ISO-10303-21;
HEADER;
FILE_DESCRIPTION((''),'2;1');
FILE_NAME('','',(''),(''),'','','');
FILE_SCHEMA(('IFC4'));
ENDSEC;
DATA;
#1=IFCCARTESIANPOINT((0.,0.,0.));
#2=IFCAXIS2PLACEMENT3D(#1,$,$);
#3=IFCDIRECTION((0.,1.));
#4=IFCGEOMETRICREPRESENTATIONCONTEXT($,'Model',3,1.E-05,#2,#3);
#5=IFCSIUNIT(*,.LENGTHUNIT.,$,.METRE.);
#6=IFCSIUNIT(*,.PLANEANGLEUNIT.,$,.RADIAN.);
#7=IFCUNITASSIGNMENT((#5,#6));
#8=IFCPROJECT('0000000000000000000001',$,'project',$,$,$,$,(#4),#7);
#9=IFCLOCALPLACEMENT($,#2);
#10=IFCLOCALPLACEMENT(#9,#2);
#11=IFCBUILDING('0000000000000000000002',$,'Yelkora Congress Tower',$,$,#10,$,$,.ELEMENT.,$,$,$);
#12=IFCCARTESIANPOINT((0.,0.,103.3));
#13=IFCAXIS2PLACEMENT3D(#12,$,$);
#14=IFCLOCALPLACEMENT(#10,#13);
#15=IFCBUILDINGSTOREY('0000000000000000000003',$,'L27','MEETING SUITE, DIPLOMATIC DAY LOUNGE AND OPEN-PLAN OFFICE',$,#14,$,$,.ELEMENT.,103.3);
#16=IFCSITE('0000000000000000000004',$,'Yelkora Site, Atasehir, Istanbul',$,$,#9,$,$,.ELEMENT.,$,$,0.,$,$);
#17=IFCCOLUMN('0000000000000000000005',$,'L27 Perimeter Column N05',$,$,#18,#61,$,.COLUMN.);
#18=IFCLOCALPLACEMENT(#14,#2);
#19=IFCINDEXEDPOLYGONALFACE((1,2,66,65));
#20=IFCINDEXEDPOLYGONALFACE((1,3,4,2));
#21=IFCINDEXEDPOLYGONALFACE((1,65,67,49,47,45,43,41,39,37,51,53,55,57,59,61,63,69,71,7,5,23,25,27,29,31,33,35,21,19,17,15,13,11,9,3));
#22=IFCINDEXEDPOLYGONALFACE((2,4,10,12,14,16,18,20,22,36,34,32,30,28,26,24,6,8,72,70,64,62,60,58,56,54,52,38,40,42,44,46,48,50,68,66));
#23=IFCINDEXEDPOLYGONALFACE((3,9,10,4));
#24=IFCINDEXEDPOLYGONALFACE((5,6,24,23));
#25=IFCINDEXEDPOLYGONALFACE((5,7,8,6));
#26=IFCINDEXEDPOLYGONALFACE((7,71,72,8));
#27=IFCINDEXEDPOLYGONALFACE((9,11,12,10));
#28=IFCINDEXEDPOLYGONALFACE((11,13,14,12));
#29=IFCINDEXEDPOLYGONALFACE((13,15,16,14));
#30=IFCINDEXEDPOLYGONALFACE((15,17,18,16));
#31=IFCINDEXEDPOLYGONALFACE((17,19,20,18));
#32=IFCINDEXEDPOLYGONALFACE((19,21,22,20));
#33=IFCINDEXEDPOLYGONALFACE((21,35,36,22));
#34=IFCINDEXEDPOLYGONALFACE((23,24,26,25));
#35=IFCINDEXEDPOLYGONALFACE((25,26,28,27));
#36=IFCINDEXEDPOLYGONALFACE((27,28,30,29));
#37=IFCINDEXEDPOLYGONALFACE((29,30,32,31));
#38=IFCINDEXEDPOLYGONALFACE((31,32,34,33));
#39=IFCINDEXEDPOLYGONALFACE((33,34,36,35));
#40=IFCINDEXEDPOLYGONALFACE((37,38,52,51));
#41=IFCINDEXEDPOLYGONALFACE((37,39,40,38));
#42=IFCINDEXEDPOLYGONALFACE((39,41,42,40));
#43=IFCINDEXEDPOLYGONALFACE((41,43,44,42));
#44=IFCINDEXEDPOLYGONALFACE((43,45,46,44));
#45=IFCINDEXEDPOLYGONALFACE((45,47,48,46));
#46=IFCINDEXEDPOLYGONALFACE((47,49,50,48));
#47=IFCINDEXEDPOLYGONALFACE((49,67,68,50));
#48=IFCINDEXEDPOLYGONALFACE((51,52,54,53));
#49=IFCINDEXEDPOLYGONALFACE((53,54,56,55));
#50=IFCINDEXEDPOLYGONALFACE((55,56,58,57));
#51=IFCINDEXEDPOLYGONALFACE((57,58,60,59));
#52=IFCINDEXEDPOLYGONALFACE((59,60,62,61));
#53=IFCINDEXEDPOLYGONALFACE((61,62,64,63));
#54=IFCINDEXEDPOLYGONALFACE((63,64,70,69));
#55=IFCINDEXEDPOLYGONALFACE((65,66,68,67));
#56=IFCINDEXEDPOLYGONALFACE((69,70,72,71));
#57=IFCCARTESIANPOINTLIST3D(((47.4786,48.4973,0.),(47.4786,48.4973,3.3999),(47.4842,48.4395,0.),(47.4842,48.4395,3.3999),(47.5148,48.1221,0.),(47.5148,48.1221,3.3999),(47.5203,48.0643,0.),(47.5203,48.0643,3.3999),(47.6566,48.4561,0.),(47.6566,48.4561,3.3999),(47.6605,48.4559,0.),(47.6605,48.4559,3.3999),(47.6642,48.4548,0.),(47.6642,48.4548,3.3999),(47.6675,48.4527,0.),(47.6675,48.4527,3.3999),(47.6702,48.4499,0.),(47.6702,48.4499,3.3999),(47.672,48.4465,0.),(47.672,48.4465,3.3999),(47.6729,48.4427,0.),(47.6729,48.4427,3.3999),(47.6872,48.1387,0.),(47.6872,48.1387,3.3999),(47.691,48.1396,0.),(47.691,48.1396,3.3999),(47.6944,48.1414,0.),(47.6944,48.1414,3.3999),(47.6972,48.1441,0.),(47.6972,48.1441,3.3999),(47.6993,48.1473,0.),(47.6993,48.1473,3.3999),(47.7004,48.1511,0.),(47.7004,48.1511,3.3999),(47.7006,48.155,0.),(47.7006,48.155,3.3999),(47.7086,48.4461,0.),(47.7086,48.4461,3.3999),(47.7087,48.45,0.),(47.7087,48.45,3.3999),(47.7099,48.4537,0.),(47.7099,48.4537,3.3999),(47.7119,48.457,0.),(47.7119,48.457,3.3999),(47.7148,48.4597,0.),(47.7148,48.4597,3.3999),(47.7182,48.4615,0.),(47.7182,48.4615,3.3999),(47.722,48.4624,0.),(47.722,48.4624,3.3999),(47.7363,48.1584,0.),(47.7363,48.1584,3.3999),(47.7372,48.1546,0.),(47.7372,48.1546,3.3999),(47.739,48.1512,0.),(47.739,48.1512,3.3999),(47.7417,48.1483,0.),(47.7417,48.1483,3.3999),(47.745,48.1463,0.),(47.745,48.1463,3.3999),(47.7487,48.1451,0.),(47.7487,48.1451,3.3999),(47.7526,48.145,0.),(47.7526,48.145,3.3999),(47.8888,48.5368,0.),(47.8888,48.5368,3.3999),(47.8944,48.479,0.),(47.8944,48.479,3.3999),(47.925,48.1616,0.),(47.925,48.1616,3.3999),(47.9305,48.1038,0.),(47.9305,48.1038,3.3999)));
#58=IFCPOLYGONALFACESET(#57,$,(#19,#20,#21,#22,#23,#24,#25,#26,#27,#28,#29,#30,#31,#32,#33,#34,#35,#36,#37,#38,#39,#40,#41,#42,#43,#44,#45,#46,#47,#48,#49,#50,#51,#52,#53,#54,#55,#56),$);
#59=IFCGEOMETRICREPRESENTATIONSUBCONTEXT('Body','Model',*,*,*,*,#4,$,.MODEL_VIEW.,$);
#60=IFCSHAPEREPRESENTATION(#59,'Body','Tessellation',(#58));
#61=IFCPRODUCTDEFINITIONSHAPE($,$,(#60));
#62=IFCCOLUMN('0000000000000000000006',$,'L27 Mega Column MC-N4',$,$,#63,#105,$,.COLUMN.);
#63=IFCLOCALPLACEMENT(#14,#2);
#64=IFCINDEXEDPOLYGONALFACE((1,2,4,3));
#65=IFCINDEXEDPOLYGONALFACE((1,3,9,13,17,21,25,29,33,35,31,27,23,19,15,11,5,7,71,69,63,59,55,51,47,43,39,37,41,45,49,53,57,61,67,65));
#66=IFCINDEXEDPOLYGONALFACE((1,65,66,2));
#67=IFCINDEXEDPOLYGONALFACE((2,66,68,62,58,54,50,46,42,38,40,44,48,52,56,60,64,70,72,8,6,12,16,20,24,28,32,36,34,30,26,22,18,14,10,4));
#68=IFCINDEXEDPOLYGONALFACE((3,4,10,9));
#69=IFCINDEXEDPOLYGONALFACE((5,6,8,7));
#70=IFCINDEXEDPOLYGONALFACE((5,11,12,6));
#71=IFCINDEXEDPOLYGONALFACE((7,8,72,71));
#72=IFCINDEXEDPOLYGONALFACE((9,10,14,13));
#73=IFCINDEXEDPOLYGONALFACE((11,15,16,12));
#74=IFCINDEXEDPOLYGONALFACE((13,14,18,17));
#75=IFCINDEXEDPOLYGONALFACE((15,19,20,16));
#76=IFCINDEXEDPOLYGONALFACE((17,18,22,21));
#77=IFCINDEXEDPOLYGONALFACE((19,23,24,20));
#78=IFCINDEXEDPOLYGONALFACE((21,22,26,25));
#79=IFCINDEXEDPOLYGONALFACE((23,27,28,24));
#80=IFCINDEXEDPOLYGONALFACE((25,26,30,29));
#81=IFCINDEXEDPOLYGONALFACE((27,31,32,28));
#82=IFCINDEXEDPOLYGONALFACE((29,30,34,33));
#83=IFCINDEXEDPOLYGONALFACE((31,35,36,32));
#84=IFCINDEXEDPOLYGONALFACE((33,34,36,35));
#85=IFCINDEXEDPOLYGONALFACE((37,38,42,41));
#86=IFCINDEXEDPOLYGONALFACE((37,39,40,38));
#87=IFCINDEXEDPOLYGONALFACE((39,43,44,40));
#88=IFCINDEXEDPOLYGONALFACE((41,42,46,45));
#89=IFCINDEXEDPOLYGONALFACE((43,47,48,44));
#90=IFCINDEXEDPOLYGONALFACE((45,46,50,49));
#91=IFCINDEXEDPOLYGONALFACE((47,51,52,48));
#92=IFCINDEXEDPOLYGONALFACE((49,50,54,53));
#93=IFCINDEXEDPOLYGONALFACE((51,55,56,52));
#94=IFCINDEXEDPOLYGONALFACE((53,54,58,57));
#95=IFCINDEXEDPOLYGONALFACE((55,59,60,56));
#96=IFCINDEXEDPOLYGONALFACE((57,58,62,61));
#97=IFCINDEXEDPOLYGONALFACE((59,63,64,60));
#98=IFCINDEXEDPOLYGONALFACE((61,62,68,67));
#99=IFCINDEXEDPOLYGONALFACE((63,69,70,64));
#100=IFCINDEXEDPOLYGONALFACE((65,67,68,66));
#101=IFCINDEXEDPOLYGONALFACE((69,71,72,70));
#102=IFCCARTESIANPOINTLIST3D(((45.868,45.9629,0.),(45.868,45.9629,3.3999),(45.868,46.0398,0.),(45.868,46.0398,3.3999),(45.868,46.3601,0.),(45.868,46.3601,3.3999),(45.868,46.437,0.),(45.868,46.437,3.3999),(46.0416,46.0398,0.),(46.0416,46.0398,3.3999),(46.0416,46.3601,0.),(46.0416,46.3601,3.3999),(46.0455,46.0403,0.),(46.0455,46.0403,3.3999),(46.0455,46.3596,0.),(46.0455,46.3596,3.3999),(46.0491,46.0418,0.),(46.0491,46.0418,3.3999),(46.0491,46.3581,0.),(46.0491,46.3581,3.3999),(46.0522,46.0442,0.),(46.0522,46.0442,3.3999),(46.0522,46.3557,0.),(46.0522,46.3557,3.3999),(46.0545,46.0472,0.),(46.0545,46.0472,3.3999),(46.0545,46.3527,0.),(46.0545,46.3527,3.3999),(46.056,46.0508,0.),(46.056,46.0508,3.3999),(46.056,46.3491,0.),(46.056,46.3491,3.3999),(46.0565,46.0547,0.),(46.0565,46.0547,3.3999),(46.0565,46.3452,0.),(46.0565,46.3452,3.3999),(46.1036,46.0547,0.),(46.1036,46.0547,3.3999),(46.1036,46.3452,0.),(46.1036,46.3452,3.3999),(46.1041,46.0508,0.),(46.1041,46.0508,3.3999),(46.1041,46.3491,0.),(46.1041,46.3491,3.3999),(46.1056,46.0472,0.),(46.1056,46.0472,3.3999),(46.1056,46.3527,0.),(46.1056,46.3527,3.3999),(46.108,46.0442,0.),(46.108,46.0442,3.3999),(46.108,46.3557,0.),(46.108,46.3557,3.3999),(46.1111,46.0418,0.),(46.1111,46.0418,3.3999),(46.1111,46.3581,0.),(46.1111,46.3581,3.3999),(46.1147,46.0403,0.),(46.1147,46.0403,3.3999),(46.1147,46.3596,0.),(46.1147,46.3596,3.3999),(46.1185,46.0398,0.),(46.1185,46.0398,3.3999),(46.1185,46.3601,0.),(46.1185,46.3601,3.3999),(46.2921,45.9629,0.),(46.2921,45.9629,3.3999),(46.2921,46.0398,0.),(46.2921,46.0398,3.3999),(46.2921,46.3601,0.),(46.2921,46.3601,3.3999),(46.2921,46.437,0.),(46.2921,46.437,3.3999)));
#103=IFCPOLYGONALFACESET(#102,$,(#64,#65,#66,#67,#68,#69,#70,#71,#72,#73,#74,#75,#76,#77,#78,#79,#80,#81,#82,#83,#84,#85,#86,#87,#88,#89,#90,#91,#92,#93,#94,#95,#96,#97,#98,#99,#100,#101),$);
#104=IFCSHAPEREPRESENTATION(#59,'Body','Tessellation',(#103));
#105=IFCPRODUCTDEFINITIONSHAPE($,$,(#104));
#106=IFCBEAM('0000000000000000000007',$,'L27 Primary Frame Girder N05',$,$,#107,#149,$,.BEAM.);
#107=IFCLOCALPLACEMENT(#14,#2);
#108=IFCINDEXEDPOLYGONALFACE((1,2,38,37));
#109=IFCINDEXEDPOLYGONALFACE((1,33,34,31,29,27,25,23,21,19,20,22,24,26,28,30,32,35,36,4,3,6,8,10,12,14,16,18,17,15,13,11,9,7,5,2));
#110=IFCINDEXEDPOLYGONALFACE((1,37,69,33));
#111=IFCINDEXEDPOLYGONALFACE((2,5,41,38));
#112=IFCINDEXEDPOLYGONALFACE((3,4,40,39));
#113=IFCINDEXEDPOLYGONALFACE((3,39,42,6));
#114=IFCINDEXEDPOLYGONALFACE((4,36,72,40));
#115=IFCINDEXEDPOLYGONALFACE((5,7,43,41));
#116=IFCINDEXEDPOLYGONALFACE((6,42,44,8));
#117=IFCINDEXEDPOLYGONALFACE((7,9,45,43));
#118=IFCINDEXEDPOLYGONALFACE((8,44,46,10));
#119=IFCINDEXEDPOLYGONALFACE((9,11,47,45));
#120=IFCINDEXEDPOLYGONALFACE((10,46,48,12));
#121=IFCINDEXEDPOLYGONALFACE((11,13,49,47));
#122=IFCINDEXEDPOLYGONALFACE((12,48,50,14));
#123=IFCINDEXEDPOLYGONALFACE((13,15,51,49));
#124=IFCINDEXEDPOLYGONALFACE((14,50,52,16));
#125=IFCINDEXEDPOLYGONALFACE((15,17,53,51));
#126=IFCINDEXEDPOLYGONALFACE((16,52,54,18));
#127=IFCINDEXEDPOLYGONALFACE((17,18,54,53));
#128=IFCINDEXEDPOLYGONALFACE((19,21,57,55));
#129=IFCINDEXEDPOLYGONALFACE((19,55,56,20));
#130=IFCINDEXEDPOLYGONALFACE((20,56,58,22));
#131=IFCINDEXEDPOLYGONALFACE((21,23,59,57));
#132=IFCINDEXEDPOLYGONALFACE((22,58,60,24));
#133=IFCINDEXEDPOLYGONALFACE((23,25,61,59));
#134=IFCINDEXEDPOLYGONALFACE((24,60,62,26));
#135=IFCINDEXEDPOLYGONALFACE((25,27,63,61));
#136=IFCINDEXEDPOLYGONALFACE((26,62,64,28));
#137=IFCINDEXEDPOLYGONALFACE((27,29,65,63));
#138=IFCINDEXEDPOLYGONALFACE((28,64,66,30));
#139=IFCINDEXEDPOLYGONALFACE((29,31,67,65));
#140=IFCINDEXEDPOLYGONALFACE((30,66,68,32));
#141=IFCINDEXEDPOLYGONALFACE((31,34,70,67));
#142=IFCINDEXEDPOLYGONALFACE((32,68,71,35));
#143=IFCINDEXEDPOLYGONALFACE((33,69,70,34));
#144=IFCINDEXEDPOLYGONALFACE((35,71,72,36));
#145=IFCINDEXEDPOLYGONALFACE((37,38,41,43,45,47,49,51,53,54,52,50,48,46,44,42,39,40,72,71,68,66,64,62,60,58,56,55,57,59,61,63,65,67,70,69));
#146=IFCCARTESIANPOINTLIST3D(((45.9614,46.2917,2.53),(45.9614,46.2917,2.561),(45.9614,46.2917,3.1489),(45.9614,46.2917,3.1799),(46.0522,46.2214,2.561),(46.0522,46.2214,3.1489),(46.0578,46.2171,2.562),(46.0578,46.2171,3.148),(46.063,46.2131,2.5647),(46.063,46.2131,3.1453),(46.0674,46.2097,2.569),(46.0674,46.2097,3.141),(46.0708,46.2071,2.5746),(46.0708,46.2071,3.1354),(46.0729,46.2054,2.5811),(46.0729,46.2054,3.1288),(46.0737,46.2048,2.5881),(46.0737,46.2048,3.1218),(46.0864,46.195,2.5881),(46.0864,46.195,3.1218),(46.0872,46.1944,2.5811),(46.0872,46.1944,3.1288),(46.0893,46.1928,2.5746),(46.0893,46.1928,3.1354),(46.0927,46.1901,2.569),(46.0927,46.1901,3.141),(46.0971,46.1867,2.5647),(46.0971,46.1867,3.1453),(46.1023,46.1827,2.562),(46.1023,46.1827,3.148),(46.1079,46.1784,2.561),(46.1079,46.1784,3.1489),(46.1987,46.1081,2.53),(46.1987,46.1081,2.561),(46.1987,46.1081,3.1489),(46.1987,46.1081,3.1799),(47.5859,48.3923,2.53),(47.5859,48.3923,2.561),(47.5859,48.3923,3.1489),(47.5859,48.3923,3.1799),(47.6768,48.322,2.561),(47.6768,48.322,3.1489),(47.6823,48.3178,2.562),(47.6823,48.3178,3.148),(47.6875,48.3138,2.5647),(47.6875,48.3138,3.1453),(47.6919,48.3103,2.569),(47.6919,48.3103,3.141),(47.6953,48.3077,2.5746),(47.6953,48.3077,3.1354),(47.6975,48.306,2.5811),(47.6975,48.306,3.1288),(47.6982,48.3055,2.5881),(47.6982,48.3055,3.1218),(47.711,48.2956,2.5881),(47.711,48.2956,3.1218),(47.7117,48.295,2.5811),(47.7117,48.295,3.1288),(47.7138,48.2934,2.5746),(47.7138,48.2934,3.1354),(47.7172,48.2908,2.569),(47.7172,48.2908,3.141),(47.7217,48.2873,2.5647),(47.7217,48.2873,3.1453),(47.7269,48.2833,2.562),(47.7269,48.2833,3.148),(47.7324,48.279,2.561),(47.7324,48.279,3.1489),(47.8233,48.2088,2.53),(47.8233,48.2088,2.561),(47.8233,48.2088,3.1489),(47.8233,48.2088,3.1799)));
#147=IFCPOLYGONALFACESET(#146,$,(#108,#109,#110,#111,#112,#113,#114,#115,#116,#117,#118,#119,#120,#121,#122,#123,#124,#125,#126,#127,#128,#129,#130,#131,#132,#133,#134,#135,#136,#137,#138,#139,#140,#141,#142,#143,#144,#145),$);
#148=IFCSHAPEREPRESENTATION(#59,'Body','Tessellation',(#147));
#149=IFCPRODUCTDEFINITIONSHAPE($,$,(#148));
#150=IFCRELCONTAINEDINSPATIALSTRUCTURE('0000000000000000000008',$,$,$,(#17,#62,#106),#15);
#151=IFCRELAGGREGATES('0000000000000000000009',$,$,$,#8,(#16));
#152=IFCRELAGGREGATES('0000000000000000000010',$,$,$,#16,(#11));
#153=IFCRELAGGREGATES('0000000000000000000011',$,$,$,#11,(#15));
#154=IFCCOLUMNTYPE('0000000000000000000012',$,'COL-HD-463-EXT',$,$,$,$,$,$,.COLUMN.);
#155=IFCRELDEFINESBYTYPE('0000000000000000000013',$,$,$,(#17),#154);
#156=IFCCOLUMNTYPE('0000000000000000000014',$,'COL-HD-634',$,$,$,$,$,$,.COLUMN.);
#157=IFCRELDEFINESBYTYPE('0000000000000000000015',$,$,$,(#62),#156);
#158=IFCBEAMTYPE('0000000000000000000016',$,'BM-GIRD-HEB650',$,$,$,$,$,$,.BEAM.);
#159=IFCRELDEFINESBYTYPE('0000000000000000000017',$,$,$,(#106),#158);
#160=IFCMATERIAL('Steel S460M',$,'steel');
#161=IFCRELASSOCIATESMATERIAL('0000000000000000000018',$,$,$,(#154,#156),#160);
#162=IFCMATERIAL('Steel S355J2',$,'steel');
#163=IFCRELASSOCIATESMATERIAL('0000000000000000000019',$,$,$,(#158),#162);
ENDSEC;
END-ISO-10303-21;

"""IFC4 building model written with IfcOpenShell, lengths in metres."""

from ifc_helpers import new_model, si_unit, direction, frame, origin, origin_2d, place, context, subcontext, project, spatial, i_section, extrude, material, material_profile, profile_set, type_object, element, save


model = new_model("IFC4")

# Units and contexts
model_context = context("Model", 3, precision=1e-05, world=origin(), true_north=direction((0.0, 1.0)))
body_context = subcontext(model_context, "Body", "Model", "MODEL_VIEW")
ifc_project = project(units=[si_unit("LENGTHUNIT", "METRE"), si_unit("PLANEANGLEUNIT", "RADIAN")], contexts=[model_context])

# Site, building, storey
site_placement = place(None, origin())
site = spatial("IfcSite", under=ifc_project, at=site_placement, Name="Yelkora Site, Atasehir, Istanbul", CompositionType="ELEMENT", RefElevation=0.0)
building_placement = place(site_placement, origin())
building = spatial("IfcBuilding", under=site, at=building_placement, Name="Yelkora Congress Tower", CompositionType="ELEMENT")
storey_placement = place(building_placement, frame((0.0, 0.0, 103.3)))
storey = spatial("IfcBuildingStorey", under=building, at=storey_placement, Name="L27", Description="MEETING SUITE, DIPLOMATIC DAY LOUNGE AND OPEN-PLAN OFFICE", CompositionType="ELEMENT", Elevation=103.3)

# Columns
ifc_material_1 = material(Name="Steel S460M", Category="steel")
ifc_material_profile_1 = material_profile(ifc_material_1, i_section(OverallWidth=0.4121, OverallDepth=0.4351, WebThickness=0.0359, FlangeThickness=0.0581, FilletRadius=0.0149, at=origin_2d()), Name="HD 400x463")
ifc_profile_set_1 = profile_set([ifc_material_profile_1], Name="Steel S460M")
column_type_1 = type_object("IfcColumnType", Name="COL-HD-463-EXT", PredefinedType="COLUMN", material=ifc_profile_set_1)
column_1_placement = place(storey_placement, frame((47.7046, 48.3005, 0.0), z_axis=(0.0, 0.0, 1.0), x_axis=(0.995396, 0.095846, 0.0)))
element("IfcColumn", 1, at=column_1_placement, inside=storey, type_object=column_type_1, Name="L27 Perimeter Column N05", PredefinedType="COLUMN", context=body_context, shape_type="SweptSolid", body=[
    extrude(i_section(OverallWidth=0.4121, OverallDepth=0.4351, WebThickness=0.0359, FlangeThickness=0.0581, FilletRadius=0.0149, at=origin_2d()), origin(), (0.0, 0.0, 1.0), 3.3999),
])
ifc_material_profile_2 = material_profile(ifc_material_1, i_section(OverallWidth=0.4241, OverallDepth=0.4741, WebThickness=0.0471, FlangeThickness=0.0769, FilletRadius=0.0149, at=origin_2d()), Name="HD 400x634")
ifc_profile_set_2 = profile_set([ifc_material_profile_2], Name="Steel S460M")
column_type_2 = type_object("IfcColumnType", Name="COL-HD-634", PredefinedType="COLUMN", material=ifc_profile_set_2)
column_2_placement = place(storey_placement, frame((46.0801, 46.2, 0.0), z_axis=(0.0, 0.0, 1.0), x_axis=(1.0, 0.0, 0.0)))
element("IfcColumn", 2, at=column_2_placement, inside=storey, type_object=column_type_2, Name="L27 Mega Column MC-N4", PredefinedType="COLUMN", context=body_context, shape_type="SweptSolid", body=[
    extrude(i_section(OverallWidth=0.4241, OverallDepth=0.4741, WebThickness=0.0471, FlangeThickness=0.0769, FilletRadius=0.0149, at=origin_2d()), origin(), (0.0, 0.0, 1.0), 3.3999),
])

# Beam
ifc_material_2 = material(Name="Steel S355J2", Category="steel")
ifc_material_profile_3 = material_profile(ifc_material_2, i_section(OverallWidth=0.3, OverallDepth=0.6499, WebThickness=0.0161, FlangeThickness=0.031, FilletRadius=0.0271, at=origin_2d()), Name="HEB 650")
ifc_profile_set_3 = profile_set([ifc_material_profile_3], Name="Steel S355J2")
beam_type_1 = type_object("IfcBeamType", Name="BM-GIRD-HEB650", PredefinedType="BEAM", material=ifc_profile_set_3)
beam_1_placement = place(storey_placement, frame((47.7046, 48.3005, 2.855), z_axis=(-0.611761, -0.791042, 0.0), x_axis=(0.791042, -0.611761, 0.0)))
element("IfcBeam", 3, at=beam_1_placement, inside=storey, type_object=beam_type_1, Name="L27 Primary Frame Girder N05", PredefinedType="BEAM", context=body_context, shape_type="SweptSolid", body=[
    extrude(i_section(OverallWidth=0.3, OverallDepth=0.6499, WebThickness=0.0161, FlangeThickness=0.031, FilletRadius=0.0271, at=origin_2d()), origin(), (0.0, 0.0, 1.0), 2.6555),
])

save(model, "model.ifc")
